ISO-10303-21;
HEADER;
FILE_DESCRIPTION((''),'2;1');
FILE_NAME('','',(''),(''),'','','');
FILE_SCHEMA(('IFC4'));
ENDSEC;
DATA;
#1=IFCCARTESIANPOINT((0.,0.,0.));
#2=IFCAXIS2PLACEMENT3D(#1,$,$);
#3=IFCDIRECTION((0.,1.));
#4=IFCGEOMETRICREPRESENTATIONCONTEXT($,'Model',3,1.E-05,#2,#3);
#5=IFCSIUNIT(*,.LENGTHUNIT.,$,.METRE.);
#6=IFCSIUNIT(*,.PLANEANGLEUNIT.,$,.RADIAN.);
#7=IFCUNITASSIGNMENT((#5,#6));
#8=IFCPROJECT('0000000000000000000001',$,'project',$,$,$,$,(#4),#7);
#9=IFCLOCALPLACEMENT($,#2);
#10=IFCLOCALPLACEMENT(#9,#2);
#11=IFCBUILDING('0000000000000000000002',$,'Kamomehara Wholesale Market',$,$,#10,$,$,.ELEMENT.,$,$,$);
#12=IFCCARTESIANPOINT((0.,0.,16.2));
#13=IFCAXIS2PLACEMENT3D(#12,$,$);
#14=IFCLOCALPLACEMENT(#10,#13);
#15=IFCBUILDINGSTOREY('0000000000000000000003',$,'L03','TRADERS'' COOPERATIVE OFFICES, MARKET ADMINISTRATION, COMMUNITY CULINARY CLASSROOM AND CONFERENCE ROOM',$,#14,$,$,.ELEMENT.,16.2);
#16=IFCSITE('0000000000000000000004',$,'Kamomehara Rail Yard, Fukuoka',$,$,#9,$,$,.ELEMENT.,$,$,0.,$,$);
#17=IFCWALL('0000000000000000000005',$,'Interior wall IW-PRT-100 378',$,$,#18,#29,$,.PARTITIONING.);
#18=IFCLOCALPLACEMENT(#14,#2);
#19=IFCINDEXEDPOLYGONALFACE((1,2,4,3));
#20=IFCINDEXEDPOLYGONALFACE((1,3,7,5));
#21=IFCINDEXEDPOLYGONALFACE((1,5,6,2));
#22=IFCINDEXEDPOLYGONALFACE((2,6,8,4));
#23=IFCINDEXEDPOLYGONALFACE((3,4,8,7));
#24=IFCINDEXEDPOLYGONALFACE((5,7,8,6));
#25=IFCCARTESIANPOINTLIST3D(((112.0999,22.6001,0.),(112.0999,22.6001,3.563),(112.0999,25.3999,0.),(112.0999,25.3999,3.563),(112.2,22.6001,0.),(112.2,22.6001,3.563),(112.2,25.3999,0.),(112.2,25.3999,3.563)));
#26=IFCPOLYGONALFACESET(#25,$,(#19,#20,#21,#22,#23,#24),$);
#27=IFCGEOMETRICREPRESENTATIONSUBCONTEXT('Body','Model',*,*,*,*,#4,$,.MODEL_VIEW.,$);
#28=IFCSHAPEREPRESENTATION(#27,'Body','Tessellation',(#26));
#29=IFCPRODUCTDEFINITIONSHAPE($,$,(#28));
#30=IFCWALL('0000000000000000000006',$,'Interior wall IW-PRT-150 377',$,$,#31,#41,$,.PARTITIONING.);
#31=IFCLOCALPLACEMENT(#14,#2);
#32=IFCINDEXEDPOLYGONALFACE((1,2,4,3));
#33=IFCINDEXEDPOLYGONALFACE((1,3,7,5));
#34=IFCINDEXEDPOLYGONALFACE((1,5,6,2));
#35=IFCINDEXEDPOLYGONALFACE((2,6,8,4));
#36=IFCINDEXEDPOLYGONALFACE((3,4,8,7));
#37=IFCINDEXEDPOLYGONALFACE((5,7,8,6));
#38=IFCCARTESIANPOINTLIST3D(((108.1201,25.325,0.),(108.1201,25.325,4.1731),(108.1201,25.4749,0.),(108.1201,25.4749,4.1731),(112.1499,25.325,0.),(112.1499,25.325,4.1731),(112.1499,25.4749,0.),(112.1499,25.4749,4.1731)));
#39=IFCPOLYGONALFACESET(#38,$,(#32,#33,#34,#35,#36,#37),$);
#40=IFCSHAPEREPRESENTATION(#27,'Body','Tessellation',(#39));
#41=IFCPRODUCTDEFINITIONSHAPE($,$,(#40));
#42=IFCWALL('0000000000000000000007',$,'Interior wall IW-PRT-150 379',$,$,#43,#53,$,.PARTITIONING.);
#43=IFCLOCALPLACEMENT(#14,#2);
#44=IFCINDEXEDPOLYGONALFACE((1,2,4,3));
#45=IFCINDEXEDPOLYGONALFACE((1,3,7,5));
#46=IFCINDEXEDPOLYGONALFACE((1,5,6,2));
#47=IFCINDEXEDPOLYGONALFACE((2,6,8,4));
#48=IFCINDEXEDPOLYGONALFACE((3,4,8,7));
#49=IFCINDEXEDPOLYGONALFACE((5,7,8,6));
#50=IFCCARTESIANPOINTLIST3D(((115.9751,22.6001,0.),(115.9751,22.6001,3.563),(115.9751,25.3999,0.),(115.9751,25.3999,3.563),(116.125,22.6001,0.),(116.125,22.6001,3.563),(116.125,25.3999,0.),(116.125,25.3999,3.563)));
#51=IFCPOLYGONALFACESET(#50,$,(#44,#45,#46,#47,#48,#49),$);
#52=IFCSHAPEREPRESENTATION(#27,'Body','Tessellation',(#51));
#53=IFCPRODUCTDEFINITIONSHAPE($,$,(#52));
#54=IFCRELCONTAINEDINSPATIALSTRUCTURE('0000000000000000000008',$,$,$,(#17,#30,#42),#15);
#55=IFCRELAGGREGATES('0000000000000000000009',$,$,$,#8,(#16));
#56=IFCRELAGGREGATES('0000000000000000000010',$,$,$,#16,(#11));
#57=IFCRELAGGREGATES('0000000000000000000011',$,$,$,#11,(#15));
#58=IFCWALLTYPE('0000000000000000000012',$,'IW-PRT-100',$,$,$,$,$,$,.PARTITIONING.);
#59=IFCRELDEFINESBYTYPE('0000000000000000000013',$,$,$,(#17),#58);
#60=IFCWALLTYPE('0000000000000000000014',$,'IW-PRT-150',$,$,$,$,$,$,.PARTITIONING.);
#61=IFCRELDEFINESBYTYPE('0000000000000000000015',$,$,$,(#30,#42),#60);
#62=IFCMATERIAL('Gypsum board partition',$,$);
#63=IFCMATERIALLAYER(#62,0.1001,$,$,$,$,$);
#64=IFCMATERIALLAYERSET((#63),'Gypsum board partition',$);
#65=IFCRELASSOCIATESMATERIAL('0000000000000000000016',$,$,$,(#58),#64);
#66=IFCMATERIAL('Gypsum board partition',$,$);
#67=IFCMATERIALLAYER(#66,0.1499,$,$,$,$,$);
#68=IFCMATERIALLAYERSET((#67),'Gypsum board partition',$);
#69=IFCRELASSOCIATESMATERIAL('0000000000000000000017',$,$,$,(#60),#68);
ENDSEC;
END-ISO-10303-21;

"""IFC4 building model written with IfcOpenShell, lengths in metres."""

from ifc_helpers import new_model, si_unit, direction, frame, frame_2d, origin, place, context, subcontext, project, spatial, rectangle, extrude, material, layer, layer_set, type_object, element, save


model = new_model("IFC4")

# Units and contexts
model_context = context("Model", 3, precision=1e-05, world=origin(), true_north=direction((0.0, 1.0)))
body_context = subcontext(model_context, "Body", "Model", "MODEL_VIEW")
ifc_project = project(units=[si_unit("LENGTHUNIT", "METRE"), si_unit("PLANEANGLEUNIT", "RADIAN")], contexts=[model_context])

# Site, building, storey
site_placement = place(None, origin())
site = spatial("IfcSite", under=ifc_project, at=site_placement, Name="Kamomehara Rail Yard, Fukuoka", CompositionType="ELEMENT", RefElevation=0.0)
building_placement = place(site_placement, origin())
building = spatial("IfcBuilding", under=site, at=building_placement, Name="Kamomehara Wholesale Market", CompositionType="ELEMENT")
storey_placement = place(building_placement, frame((0.0, 0.0, 16.2)))
storey = spatial("IfcBuildingStorey", under=building, at=storey_placement, Name="L03", Description="TRADERS' COOPERATIVE OFFICES, MARKET ADMINISTRATION, COMMUNITY CULINARY CLASSROOM AND CONFERENCE ROOM", CompositionType="ELEMENT", Elevation=16.2)

# Walls
ifc_material_1 = material(Name="Gypsum board partition")
ifc_layer_1 = layer(ifc_material_1, 0.1001)
ifc_layer_set_1 = layer_set([ifc_layer_1], Name="Gypsum board partition")
wall_type_1 = type_object("IfcWallType", Name="IW-PRT-100", PredefinedType="PARTITIONING", material=ifc_layer_set_1)
wall_1_placement = place(storey_placement, frame((112.1499, 22.6001, 0.0), z_axis=(0.0, 0.0, 1.0), x_axis=(0.0, 1.0, 0.0)))
element("IfcWall", 1, at=wall_1_placement, inside=storey, type_object=wall_type_1, Name="Interior wall IW-PRT-100 378", PredefinedType="PARTITIONING", context=body_context, shape_type="SweptSolid", body=[
    extrude(rectangle(XDim=2.7998, YDim=0.1001, at=frame_2d((1.3999, 0.0))), origin(), (0.0, 0.0, 1.0), 3.563),
])
ifc_material_2 = material(Name="Gypsum board partition")
ifc_layer_2 = layer(ifc_material_2, 0.1499)
ifc_layer_set_2 = layer_set([ifc_layer_2], Name="Gypsum board partition")
wall_type_2 = type_object("IfcWallType", Name="IW-PRT-150", PredefinedType="PARTITIONING", material=ifc_layer_set_2)
wall_2_placement = place(storey_placement, frame((108.1201, 25.3999, 0.0), z_axis=(0.0, 0.0, 1.0), x_axis=(1.0, 0.0, 0.0)))
element("IfcWall", 2, at=wall_2_placement, inside=storey, type_object=wall_type_2, Name="Interior wall IW-PRT-150 377", PredefinedType="PARTITIONING", context=body_context, shape_type="SweptSolid", body=[
    extrude(rectangle(XDim=4.0298, YDim=0.1499, at=frame_2d((2.0149, 0.0))), origin(), (0.0, 0.0, 1.0), 4.1731),
])
wall_3_placement = place(storey_placement, frame((116.05, 22.6001, 0.0), z_axis=(0.0, 0.0, 1.0), x_axis=(0.0, 1.0, 0.0)))
element("IfcWall", 3, at=wall_3_placement, inside=storey, type_object=wall_type_2, Name="Interior wall IW-PRT-150 379", PredefinedType="PARTITIONING", context=body_context, shape_type="SweptSolid", body=[
    extrude(rectangle(XDim=2.7998, YDim=0.1499, at=frame_2d((1.3999, 0.0))), origin(), (0.0, 0.0, 1.0), 3.563),
])

save(model, "model.ifc")
